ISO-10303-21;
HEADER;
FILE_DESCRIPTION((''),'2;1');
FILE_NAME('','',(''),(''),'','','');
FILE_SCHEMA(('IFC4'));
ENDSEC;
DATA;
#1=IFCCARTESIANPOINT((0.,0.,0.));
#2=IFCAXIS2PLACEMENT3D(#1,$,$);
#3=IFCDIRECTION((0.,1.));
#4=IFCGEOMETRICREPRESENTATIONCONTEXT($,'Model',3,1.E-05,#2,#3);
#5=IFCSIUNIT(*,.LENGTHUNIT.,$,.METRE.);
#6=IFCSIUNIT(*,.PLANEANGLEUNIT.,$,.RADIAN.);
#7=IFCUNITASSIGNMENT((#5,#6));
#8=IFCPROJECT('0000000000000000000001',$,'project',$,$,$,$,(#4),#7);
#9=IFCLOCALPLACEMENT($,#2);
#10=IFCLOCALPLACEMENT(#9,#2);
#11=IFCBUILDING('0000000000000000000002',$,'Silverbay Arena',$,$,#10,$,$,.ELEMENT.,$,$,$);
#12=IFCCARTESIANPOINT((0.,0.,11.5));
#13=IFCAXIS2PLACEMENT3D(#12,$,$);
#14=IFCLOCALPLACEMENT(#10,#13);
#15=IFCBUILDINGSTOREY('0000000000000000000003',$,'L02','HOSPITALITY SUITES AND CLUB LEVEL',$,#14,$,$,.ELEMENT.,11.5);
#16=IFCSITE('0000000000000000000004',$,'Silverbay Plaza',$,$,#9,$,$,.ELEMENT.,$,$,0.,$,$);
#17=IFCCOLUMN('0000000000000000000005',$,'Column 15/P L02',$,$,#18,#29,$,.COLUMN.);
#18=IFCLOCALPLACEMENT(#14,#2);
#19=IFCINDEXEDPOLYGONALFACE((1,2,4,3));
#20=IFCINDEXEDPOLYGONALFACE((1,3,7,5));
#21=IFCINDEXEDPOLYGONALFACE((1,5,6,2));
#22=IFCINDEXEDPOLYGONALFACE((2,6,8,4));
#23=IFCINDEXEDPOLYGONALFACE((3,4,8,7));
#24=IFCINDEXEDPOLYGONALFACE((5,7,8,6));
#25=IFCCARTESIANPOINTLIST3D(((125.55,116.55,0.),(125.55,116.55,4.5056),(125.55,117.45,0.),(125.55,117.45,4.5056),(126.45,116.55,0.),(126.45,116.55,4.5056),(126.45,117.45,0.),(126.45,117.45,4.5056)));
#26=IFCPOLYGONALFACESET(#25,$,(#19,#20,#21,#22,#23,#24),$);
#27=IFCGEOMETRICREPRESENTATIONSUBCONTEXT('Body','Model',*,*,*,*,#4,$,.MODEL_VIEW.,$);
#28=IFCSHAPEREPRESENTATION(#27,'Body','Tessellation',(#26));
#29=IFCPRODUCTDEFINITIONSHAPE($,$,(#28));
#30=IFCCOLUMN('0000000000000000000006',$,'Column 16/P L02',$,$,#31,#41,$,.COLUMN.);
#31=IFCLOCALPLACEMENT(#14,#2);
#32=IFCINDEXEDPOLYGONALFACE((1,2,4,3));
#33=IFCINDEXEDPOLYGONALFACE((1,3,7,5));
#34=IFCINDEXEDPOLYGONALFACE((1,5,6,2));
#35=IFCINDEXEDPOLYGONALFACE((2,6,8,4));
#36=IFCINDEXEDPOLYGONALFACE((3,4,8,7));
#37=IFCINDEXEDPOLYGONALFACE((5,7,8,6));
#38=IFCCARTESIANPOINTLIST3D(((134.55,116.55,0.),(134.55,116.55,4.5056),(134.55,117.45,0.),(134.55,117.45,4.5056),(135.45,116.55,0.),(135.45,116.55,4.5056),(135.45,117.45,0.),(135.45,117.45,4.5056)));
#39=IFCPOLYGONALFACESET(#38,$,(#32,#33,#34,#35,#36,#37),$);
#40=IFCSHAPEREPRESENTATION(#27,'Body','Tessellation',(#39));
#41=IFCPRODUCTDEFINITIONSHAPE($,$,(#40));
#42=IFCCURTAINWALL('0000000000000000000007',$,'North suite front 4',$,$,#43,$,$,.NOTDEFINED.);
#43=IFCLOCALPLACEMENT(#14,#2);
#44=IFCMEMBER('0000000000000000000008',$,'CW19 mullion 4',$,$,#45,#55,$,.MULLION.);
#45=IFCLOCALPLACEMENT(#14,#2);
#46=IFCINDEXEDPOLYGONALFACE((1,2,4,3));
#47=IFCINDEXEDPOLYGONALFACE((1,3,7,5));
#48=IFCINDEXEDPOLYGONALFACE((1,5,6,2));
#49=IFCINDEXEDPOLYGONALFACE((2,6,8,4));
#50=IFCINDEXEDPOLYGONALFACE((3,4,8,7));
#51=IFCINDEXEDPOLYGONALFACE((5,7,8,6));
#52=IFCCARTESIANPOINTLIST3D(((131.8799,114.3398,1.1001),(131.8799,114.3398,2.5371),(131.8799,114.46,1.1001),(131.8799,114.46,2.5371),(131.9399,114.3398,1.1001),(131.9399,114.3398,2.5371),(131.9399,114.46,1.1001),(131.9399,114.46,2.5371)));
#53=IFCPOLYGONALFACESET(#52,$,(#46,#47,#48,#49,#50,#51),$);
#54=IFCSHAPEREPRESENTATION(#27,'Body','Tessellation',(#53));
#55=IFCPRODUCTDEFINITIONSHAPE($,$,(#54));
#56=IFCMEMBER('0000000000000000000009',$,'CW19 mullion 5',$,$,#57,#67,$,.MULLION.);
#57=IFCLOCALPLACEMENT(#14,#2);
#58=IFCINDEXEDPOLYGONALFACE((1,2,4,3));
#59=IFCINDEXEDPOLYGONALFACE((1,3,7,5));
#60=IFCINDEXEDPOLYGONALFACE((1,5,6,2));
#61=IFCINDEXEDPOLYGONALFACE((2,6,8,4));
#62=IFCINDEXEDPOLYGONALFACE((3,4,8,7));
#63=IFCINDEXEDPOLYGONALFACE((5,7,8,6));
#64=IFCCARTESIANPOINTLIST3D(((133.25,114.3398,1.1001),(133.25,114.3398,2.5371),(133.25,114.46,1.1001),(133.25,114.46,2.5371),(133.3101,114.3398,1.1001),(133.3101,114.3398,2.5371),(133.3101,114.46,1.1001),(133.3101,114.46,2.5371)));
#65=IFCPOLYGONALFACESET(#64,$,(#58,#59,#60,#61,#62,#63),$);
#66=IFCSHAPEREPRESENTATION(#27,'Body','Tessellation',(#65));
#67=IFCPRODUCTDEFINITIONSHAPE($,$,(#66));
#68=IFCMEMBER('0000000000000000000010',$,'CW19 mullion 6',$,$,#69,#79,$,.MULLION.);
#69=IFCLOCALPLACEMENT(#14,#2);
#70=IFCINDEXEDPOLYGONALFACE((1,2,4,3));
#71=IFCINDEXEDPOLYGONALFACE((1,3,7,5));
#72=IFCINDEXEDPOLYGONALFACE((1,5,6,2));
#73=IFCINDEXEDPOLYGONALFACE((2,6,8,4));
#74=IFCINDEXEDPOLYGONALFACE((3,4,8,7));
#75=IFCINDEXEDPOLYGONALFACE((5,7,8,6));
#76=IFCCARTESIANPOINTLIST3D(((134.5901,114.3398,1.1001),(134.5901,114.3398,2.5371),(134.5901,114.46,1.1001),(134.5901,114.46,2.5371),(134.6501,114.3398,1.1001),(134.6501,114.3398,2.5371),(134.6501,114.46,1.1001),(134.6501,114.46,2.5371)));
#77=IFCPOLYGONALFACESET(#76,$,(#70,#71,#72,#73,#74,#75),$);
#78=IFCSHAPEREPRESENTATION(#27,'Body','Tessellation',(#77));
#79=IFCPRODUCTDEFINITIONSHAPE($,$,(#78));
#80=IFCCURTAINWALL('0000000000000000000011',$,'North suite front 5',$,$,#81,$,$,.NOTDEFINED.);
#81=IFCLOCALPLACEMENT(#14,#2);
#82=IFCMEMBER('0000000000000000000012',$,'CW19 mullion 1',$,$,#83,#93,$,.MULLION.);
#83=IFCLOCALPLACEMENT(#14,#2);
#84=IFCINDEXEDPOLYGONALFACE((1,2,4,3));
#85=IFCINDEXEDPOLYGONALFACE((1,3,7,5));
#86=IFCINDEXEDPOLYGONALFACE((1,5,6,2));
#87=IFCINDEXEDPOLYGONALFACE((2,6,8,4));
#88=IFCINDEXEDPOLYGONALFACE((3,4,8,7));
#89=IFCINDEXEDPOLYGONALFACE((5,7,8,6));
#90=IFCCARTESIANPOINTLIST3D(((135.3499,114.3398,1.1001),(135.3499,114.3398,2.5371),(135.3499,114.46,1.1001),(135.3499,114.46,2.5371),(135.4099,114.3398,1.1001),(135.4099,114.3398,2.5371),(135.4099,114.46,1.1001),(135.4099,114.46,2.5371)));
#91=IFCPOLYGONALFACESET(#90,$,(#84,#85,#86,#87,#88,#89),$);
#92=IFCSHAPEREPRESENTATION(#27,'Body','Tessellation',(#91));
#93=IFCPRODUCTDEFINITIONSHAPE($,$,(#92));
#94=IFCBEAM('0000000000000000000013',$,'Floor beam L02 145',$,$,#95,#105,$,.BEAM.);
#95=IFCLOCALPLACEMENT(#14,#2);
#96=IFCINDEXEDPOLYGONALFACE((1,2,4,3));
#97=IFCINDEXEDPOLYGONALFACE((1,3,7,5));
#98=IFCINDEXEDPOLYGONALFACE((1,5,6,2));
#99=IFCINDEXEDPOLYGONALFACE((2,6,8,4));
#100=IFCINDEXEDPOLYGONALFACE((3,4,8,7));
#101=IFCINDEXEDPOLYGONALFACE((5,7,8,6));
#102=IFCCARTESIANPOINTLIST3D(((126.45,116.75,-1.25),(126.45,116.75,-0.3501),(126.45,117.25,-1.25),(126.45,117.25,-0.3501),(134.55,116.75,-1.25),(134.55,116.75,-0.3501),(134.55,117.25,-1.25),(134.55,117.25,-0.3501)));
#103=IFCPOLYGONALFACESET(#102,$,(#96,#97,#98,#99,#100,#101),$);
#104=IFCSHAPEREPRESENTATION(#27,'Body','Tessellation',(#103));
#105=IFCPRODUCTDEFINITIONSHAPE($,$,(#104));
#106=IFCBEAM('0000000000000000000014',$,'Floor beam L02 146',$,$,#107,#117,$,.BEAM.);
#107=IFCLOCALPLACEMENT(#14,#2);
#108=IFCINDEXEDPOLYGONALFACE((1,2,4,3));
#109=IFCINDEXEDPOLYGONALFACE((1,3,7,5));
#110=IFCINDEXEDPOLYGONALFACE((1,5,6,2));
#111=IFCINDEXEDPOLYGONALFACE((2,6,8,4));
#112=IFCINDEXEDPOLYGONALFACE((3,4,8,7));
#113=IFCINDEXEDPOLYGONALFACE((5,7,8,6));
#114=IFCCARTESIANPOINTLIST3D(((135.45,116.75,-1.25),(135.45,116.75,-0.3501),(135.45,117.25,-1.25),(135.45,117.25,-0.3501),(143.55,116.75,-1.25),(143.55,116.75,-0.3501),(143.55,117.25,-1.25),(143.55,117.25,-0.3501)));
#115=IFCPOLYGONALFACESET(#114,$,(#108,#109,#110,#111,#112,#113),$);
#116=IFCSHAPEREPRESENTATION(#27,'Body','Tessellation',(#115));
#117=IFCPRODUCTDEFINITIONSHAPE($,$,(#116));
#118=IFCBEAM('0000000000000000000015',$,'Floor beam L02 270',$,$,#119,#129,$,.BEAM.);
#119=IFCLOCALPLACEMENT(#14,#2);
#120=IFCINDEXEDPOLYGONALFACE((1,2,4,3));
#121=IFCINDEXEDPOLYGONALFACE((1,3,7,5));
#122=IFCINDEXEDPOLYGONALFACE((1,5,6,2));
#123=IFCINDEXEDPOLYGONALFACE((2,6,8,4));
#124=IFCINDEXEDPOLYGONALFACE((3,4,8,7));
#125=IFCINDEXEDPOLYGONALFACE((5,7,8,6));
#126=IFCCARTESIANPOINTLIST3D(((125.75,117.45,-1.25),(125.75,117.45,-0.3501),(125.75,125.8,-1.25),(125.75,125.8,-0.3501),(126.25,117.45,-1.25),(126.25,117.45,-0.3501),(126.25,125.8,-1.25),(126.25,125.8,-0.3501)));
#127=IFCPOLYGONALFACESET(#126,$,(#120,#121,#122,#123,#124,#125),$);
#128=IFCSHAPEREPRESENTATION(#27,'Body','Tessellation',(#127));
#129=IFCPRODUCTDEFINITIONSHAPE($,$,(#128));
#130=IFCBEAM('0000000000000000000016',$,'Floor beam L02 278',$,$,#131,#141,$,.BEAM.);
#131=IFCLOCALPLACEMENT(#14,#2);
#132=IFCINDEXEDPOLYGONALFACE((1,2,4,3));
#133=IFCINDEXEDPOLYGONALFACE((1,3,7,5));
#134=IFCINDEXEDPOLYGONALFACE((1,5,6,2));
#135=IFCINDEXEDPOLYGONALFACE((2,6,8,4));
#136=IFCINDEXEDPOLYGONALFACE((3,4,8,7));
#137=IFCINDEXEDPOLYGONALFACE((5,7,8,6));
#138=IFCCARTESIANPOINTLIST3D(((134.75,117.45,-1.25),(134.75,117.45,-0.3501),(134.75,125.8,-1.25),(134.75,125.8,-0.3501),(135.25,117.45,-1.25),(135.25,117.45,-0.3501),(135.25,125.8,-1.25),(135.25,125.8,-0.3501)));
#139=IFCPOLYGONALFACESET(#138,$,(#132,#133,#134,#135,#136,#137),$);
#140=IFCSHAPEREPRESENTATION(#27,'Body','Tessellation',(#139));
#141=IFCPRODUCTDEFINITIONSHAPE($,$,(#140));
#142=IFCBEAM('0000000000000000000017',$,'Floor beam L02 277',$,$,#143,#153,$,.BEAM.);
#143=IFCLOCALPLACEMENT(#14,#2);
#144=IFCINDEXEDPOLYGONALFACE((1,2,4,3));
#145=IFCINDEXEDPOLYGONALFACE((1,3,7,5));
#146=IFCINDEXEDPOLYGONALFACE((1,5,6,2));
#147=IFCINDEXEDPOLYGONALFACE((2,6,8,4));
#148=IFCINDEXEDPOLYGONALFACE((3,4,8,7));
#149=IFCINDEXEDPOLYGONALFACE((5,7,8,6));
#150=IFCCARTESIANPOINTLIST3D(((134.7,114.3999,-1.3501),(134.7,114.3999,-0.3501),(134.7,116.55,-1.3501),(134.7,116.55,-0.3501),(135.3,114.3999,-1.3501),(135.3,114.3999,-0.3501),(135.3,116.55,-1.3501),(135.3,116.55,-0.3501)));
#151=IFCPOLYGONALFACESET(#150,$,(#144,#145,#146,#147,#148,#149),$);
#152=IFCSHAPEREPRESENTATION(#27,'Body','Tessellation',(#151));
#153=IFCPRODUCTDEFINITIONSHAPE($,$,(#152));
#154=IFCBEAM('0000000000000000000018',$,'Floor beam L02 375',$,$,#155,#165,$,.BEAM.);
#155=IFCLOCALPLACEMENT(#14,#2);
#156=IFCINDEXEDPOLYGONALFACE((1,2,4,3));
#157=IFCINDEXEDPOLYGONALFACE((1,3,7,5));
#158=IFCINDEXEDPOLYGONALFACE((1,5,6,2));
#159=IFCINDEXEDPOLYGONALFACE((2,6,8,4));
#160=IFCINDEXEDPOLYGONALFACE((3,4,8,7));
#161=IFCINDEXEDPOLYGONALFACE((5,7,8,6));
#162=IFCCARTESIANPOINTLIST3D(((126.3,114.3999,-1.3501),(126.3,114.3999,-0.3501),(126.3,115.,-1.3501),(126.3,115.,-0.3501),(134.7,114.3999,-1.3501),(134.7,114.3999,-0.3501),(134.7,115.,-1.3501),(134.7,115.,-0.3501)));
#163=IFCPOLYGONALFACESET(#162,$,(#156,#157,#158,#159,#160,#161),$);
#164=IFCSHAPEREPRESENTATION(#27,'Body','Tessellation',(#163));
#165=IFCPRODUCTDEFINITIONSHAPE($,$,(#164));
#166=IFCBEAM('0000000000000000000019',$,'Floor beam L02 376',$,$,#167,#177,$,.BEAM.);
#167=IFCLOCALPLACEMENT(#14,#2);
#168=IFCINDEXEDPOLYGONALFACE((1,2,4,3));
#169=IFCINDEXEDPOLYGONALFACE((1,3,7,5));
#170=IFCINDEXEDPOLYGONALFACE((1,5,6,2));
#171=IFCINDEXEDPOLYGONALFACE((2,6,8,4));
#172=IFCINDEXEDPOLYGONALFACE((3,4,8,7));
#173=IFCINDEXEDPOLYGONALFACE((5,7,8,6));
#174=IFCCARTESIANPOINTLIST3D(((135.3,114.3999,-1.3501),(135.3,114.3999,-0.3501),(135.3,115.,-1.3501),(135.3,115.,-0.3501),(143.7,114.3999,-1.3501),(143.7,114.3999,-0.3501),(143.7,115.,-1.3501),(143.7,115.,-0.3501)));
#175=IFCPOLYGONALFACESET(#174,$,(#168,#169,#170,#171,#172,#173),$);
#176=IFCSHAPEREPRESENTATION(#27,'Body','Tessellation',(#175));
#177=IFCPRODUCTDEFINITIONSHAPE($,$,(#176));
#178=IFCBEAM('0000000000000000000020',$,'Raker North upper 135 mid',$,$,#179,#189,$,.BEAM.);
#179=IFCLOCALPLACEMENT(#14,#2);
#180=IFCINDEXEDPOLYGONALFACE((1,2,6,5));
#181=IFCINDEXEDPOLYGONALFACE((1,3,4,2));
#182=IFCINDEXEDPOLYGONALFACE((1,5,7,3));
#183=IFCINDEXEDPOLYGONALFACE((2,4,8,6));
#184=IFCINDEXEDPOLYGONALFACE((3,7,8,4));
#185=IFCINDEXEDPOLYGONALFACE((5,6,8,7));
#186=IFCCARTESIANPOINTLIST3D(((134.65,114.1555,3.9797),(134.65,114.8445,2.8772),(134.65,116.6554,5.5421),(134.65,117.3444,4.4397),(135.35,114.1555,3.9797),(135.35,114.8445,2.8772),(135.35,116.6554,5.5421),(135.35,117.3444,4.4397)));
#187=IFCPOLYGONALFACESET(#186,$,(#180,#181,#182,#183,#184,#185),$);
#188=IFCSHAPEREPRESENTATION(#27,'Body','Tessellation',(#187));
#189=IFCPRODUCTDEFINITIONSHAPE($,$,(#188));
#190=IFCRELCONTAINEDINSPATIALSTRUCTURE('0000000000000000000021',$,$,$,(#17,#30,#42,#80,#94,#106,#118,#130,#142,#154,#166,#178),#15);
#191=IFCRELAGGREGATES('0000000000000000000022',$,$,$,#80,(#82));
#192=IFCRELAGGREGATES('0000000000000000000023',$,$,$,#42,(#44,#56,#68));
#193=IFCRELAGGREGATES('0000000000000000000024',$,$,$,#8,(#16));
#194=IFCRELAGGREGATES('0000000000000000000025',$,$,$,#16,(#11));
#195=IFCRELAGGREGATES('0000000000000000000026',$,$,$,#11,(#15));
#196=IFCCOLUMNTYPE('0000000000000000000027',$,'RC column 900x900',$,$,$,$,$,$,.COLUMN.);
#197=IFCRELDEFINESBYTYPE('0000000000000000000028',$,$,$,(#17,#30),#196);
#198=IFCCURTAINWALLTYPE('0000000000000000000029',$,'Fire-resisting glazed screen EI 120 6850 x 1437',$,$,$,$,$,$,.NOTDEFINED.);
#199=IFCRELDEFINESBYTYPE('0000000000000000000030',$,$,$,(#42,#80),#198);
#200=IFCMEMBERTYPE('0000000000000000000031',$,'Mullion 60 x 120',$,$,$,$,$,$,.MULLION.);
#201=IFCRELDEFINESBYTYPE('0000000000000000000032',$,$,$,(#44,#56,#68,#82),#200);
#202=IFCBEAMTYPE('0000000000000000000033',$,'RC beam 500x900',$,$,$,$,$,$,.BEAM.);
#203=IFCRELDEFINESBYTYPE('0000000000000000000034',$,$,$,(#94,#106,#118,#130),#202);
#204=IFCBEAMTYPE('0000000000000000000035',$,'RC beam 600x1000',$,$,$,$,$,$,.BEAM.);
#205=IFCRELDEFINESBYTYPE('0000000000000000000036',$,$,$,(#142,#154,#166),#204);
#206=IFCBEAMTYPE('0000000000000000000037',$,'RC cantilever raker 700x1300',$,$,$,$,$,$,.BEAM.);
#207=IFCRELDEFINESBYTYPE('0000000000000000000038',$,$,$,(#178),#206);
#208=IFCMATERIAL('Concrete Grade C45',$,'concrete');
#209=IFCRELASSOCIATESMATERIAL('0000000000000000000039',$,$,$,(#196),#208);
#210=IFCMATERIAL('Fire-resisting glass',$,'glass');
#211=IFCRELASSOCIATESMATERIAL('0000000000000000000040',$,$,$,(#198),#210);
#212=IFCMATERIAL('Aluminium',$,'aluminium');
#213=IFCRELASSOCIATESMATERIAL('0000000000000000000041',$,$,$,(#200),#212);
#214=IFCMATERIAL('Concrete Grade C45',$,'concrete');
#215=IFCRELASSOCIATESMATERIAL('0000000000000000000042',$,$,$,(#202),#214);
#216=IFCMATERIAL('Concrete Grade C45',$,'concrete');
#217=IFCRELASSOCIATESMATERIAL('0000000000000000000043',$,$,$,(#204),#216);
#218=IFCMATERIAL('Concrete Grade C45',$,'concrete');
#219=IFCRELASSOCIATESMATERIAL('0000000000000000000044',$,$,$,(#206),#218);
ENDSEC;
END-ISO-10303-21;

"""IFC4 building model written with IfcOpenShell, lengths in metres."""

from ifc_helpers import new_model, si_unit, direction, frame, origin, origin_2d, place, context, subcontext, project, spatial, rectangle, extrude, material, material_profile, profile_set, type_object, element, aggregate, save


model = new_model("IFC4")

# Units and contexts
model_context = context("Model", 3, precision=1e-05, world=origin(), true_north=direction((0.0, 1.0)))
body_context = subcontext(model_context, "Body", "Model", "MODEL_VIEW")
ifc_project = project(units=[si_unit("LENGTHUNIT", "METRE"), si_unit("PLANEANGLEUNIT", "RADIAN")], contexts=[model_context])

# Site, building, storey
site_placement = place(None, origin())
site = spatial("IfcSite", under=ifc_project, at=site_placement, Name="Silverbay Plaza", CompositionType="ELEMENT", RefElevation=0.0)
building_placement = place(site_placement, origin())
building = spatial("IfcBuilding", under=site, at=building_placement, Name="Silverbay Arena", CompositionType="ELEMENT")
storey_placement = place(building_placement, frame((0.0, 0.0, 11.5)))
storey = spatial("IfcBuildingStorey", under=building, at=storey_placement, Name="L02", Description="HOSPITALITY SUITES AND CLUB LEVEL", CompositionType="ELEMENT", Elevation=11.5)

# Columns
ifc_material_1 = material(Name="Concrete Grade C45", Category="concrete")
ifc_material_profile_1 = material_profile(ifc_material_1, rectangle(XDim=0.8999, YDim=0.8999, at=origin_2d()), Name="RC 900x900")
ifc_profile_set_1 = profile_set([ifc_material_profile_1], Name="Concrete Grade C45")
column_type = type_object("IfcColumnType", Name="RC column 900x900", PredefinedType="COLUMN", material=ifc_profile_set_1)
for number, where, z_axis, x_axis, name in (
    (1, (126.0, 117.0, 0.0), (0.0, 0.0, 1.0), (1.0, 0.0, 0.0), "Column 15/P L02"),
    (2, (135.0, 117.0, 0.0), (0.0, 0.0, 1.0), (1.0, 0.0, 0.0), "Column 16/P L02"),
):
    element("IfcColumn", number, at=place(storey_placement, frame(where, z_axis=z_axis, x_axis=x_axis)), inside=storey, type_object=column_type, Name=name, PredefinedType="COLUMN", context=body_context, shape_type="SweptSolid", body=[
        extrude(rectangle(XDim=0.8999, YDim=0.8999, at=origin_2d()), origin(), (0.0, 0.0, 1.0), 4.5056),
    ])

# Curtain wall, members
ifc_material_2 = material(Name="Fire-resisting glass", Category="glass")
curtain_wall_type = type_object("IfcCurtainWallType", Name="Fire-resisting glazed screen EI 120 6850 x 1437", PredefinedType="NOTDEFINED", material=ifc_material_2)
curtain_wall_1_placement = place(storey_placement, origin())
curtain_wall_1 = element("IfcCurtainWall", 3, at=curtain_wall_1_placement, inside=storey, type_object=curtain_wall_type, Name="North suite front 4", PredefinedType="NOTDEFINED")
ifc_material_3 = material(Name="Aluminium", Category="aluminium")
ifc_material_profile_2 = material_profile(ifc_material_3, rectangle(XDim=0.1201, YDim=0.0601, at=origin_2d()), Name="Mullion 60 x 120")
ifc_profile_set_2 = profile_set([ifc_material_profile_2], Name="Aluminium")
member_type_1 = type_object("IfcMemberType", Name="Mullion 60 x 120", PredefinedType="MULLION", material=ifc_profile_set_2)
member_1_placement = place(storey_placement, frame((131.9099, 114.3999, 1.1001), z_axis=(0.0, 0.0, 1.0), x_axis=(0.0, 1.0, 0.0)))
member_1 = element("IfcMember", 4, at=member_1_placement, type_object=member_type_1, Name="CW19 mullion 4", PredefinedType="MULLION", context=body_context, shape_type="SweptSolid", body=[
    extrude(rectangle(XDim=0.1201, YDim=0.0601, at=origin_2d()), origin(), (0.0, 0.0, 1.0), 1.437),
])
member_2_placement = place(storey_placement, frame((133.28, 114.3999, 1.1001), z_axis=(0.0, 0.0, 1.0), x_axis=(0.0, 1.0, 0.0)))
member_2 = element("IfcMember", 5, at=member_2_placement, type_object=member_type_1, Name="CW19 mullion 5", PredefinedType="MULLION", context=body_context, shape_type="SweptSolid", body=[
    extrude(rectangle(XDim=0.1201, YDim=0.0601, at=origin_2d()), origin(), (0.0, 0.0, 1.0), 1.437),
])
member_3_placement = place(storey_placement, frame((134.6201, 114.3999, 1.1001), z_axis=(0.0, 0.0, 1.0), x_axis=(0.0, 1.0, 0.0)))
member_3 = element("IfcMember", 6, at=member_3_placement, type_object=member_type_1, Name="CW19 mullion 6", PredefinedType="MULLION", context=body_context, shape_type="SweptSolid", body=[
    extrude(rectangle(XDim=0.1201, YDim=0.0601, at=origin_2d()), origin(), (0.0, 0.0, 1.0), 1.437),
])

# Curtain wall, member
curtain_wall_2_placement = place(storey_placement, origin())
curtain_wall_2 = element("IfcCurtainWall", 7, at=curtain_wall_2_placement, inside=storey, type_object=curtain_wall_type, Name="North suite front 5", PredefinedType="NOTDEFINED")
member_4_placement = place(storey_placement, frame((135.3799, 114.3999, 1.1001), z_axis=(0.0, 0.0, 1.0), x_axis=(0.0, 1.0, 0.0)))
member_4 = element("IfcMember", 8, at=member_4_placement, type_object=member_type_1, Name="CW19 mullion 1", PredefinedType="MULLION", context=body_context, shape_type="SweptSolid", body=[
    extrude(rectangle(XDim=0.1201, YDim=0.0601, at=origin_2d()), origin(), (0.0, 0.0, 1.0), 1.437),
])

# Beams
ifc_material_4 = material(Name="Concrete Grade C45", Category="concrete")
ifc_material_profile_3 = material_profile(ifc_material_4, rectangle(XDim=0.5, YDim=0.8999, at=origin_2d()), Name="RC 500x900")
ifc_profile_set_3 = profile_set([ifc_material_profile_3], Name="Concrete Grade C45")
beam_type_1 = type_object("IfcBeamType", Name="RC beam 500x900", PredefinedType="BEAM", material=ifc_profile_set_3)
for number, where, z_axis, x_axis, name in (
    (9, (126.45, 117.0, -0.8), (1.0, 0.0, 0.0), (0.0, 1.0, 0.0), "Floor beam L02 145"),
    (10, (135.45, 117.0, -0.8), (1.0, 0.0, 0.0), (0.0, 1.0, 0.0), "Floor beam L02 146"),
):
    element("IfcBeam", number, at=place(storey_placement, frame(where, z_axis=z_axis, x_axis=x_axis)), inside=storey, type_object=beam_type_1, Name=name, PredefinedType="BEAM", context=body_context, shape_type="SweptSolid", body=[
        extrude(rectangle(XDim=0.5, YDim=0.8999, at=origin_2d()), origin(), (0.0, 0.0, 1.0), 8.1001),
    ])
for number, where, z_axis, x_axis, name in (
    (11, (126.0, 117.45, -0.8), (0.0, 1.0, 0.0), (-1.0, 0.0, 0.0), "Floor beam L02 270"),
    (12, (135.0, 117.45, -0.8), (0.0, 1.0, 0.0), (-1.0, 0.0, 0.0), "Floor beam L02 278"),
):
    element("IfcBeam", number, at=place(storey_placement, frame(where, z_axis=z_axis, x_axis=x_axis)), inside=storey, type_object=beam_type_1, Name=name, PredefinedType="BEAM", context=body_context, shape_type="SweptSolid", body=[
        extrude(rectangle(XDim=0.5, YDim=0.8999, at=origin_2d()), origin(), (0.0, 0.0, 1.0), 8.3501),
    ])
ifc_material_5 = material(Name="Concrete Grade C45", Category="concrete")
ifc_material_profile_4 = material_profile(ifc_material_5, rectangle(XDim=0.6001, YDim=1.0, at=origin_2d()), Name="RC 600x1000")
ifc_profile_set_4 = profile_set([ifc_material_profile_4], Name="Concrete Grade C45")
beam_type_2 = type_object("IfcBeamType", Name="RC beam 600x1000", PredefinedType="BEAM", material=ifc_profile_set_4)
beam_1_placement = place(storey_placement, frame((135.0, 114.3999, -0.8501), z_axis=(0.0, 1.0, 0.0), x_axis=(-1.0, 0.0, 0.0)))
element("IfcBeam", 13, at=beam_1_placement, inside=storey, type_object=beam_type_2, Name="Floor beam L02 277", PredefinedType="BEAM", context=body_context, shape_type="SweptSolid", body=[
    extrude(rectangle(XDim=0.6001, YDim=1.0, at=origin_2d()), origin(), (0.0, 0.0, 1.0), 2.1501),
])
for number, where, z_axis, x_axis, name in (
    (14, (126.3, 114.7, -0.8501), (1.0, 0.0, 0.0), (0.0, 1.0, 0.0), "Floor beam L02 375"),
    (15, (135.3, 114.7, -0.8501), (1.0, 0.0, 0.0), (0.0, 1.0, 0.0), "Floor beam L02 376"),
):
    element("IfcBeam", number, at=place(storey_placement, frame(where, z_axis=z_axis, x_axis=x_axis)), inside=storey, type_object=beam_type_2, Name=name, PredefinedType="BEAM", context=body_context, shape_type="SweptSolid", body=[
        extrude(rectangle(XDim=0.6001, YDim=1.0, at=origin_2d()), origin(), (0.0, 0.0, 1.0), 8.3999),
    ])
ifc_material_6 = material(Name="Concrete Grade C45", Category="concrete")
ifc_material_profile_5 = material_profile(ifc_material_6, rectangle(XDim=0.7, YDim=1.3, at=origin_2d()), Name="RC 700x1300")
ifc_profile_set_5 = profile_set([ifc_material_profile_5], Name="Concrete Grade C45")
beam_type_3 = type_object("IfcBeamType", Name="RC cantilever raker 700x1300", PredefinedType="BEAM", material=ifc_profile_set_5)
beam_2_placement = place(storey_placement, frame((135.0, 114.5, 3.4285), z_axis=(0.0, 0.847998, 0.529999), x_axis=(-1.0, 0.0, 0.0)))
element("IfcBeam", 16, at=beam_2_placement, inside=storey, type_object=beam_type_3, Name="Raker North upper 135 mid", PredefinedType="BEAM", context=body_context, shape_type="SweptSolid", body=[
    extrude(rectangle(XDim=0.7, YDim=1.3, at=origin_2d()), origin(), (0.0, 0.0, 1.0), 2.948),
])

aggregate(curtain_wall_2, [member_4])

aggregate(curtain_wall_1, [member_1, member_2, member_3])

save(model, "model.ifc")
